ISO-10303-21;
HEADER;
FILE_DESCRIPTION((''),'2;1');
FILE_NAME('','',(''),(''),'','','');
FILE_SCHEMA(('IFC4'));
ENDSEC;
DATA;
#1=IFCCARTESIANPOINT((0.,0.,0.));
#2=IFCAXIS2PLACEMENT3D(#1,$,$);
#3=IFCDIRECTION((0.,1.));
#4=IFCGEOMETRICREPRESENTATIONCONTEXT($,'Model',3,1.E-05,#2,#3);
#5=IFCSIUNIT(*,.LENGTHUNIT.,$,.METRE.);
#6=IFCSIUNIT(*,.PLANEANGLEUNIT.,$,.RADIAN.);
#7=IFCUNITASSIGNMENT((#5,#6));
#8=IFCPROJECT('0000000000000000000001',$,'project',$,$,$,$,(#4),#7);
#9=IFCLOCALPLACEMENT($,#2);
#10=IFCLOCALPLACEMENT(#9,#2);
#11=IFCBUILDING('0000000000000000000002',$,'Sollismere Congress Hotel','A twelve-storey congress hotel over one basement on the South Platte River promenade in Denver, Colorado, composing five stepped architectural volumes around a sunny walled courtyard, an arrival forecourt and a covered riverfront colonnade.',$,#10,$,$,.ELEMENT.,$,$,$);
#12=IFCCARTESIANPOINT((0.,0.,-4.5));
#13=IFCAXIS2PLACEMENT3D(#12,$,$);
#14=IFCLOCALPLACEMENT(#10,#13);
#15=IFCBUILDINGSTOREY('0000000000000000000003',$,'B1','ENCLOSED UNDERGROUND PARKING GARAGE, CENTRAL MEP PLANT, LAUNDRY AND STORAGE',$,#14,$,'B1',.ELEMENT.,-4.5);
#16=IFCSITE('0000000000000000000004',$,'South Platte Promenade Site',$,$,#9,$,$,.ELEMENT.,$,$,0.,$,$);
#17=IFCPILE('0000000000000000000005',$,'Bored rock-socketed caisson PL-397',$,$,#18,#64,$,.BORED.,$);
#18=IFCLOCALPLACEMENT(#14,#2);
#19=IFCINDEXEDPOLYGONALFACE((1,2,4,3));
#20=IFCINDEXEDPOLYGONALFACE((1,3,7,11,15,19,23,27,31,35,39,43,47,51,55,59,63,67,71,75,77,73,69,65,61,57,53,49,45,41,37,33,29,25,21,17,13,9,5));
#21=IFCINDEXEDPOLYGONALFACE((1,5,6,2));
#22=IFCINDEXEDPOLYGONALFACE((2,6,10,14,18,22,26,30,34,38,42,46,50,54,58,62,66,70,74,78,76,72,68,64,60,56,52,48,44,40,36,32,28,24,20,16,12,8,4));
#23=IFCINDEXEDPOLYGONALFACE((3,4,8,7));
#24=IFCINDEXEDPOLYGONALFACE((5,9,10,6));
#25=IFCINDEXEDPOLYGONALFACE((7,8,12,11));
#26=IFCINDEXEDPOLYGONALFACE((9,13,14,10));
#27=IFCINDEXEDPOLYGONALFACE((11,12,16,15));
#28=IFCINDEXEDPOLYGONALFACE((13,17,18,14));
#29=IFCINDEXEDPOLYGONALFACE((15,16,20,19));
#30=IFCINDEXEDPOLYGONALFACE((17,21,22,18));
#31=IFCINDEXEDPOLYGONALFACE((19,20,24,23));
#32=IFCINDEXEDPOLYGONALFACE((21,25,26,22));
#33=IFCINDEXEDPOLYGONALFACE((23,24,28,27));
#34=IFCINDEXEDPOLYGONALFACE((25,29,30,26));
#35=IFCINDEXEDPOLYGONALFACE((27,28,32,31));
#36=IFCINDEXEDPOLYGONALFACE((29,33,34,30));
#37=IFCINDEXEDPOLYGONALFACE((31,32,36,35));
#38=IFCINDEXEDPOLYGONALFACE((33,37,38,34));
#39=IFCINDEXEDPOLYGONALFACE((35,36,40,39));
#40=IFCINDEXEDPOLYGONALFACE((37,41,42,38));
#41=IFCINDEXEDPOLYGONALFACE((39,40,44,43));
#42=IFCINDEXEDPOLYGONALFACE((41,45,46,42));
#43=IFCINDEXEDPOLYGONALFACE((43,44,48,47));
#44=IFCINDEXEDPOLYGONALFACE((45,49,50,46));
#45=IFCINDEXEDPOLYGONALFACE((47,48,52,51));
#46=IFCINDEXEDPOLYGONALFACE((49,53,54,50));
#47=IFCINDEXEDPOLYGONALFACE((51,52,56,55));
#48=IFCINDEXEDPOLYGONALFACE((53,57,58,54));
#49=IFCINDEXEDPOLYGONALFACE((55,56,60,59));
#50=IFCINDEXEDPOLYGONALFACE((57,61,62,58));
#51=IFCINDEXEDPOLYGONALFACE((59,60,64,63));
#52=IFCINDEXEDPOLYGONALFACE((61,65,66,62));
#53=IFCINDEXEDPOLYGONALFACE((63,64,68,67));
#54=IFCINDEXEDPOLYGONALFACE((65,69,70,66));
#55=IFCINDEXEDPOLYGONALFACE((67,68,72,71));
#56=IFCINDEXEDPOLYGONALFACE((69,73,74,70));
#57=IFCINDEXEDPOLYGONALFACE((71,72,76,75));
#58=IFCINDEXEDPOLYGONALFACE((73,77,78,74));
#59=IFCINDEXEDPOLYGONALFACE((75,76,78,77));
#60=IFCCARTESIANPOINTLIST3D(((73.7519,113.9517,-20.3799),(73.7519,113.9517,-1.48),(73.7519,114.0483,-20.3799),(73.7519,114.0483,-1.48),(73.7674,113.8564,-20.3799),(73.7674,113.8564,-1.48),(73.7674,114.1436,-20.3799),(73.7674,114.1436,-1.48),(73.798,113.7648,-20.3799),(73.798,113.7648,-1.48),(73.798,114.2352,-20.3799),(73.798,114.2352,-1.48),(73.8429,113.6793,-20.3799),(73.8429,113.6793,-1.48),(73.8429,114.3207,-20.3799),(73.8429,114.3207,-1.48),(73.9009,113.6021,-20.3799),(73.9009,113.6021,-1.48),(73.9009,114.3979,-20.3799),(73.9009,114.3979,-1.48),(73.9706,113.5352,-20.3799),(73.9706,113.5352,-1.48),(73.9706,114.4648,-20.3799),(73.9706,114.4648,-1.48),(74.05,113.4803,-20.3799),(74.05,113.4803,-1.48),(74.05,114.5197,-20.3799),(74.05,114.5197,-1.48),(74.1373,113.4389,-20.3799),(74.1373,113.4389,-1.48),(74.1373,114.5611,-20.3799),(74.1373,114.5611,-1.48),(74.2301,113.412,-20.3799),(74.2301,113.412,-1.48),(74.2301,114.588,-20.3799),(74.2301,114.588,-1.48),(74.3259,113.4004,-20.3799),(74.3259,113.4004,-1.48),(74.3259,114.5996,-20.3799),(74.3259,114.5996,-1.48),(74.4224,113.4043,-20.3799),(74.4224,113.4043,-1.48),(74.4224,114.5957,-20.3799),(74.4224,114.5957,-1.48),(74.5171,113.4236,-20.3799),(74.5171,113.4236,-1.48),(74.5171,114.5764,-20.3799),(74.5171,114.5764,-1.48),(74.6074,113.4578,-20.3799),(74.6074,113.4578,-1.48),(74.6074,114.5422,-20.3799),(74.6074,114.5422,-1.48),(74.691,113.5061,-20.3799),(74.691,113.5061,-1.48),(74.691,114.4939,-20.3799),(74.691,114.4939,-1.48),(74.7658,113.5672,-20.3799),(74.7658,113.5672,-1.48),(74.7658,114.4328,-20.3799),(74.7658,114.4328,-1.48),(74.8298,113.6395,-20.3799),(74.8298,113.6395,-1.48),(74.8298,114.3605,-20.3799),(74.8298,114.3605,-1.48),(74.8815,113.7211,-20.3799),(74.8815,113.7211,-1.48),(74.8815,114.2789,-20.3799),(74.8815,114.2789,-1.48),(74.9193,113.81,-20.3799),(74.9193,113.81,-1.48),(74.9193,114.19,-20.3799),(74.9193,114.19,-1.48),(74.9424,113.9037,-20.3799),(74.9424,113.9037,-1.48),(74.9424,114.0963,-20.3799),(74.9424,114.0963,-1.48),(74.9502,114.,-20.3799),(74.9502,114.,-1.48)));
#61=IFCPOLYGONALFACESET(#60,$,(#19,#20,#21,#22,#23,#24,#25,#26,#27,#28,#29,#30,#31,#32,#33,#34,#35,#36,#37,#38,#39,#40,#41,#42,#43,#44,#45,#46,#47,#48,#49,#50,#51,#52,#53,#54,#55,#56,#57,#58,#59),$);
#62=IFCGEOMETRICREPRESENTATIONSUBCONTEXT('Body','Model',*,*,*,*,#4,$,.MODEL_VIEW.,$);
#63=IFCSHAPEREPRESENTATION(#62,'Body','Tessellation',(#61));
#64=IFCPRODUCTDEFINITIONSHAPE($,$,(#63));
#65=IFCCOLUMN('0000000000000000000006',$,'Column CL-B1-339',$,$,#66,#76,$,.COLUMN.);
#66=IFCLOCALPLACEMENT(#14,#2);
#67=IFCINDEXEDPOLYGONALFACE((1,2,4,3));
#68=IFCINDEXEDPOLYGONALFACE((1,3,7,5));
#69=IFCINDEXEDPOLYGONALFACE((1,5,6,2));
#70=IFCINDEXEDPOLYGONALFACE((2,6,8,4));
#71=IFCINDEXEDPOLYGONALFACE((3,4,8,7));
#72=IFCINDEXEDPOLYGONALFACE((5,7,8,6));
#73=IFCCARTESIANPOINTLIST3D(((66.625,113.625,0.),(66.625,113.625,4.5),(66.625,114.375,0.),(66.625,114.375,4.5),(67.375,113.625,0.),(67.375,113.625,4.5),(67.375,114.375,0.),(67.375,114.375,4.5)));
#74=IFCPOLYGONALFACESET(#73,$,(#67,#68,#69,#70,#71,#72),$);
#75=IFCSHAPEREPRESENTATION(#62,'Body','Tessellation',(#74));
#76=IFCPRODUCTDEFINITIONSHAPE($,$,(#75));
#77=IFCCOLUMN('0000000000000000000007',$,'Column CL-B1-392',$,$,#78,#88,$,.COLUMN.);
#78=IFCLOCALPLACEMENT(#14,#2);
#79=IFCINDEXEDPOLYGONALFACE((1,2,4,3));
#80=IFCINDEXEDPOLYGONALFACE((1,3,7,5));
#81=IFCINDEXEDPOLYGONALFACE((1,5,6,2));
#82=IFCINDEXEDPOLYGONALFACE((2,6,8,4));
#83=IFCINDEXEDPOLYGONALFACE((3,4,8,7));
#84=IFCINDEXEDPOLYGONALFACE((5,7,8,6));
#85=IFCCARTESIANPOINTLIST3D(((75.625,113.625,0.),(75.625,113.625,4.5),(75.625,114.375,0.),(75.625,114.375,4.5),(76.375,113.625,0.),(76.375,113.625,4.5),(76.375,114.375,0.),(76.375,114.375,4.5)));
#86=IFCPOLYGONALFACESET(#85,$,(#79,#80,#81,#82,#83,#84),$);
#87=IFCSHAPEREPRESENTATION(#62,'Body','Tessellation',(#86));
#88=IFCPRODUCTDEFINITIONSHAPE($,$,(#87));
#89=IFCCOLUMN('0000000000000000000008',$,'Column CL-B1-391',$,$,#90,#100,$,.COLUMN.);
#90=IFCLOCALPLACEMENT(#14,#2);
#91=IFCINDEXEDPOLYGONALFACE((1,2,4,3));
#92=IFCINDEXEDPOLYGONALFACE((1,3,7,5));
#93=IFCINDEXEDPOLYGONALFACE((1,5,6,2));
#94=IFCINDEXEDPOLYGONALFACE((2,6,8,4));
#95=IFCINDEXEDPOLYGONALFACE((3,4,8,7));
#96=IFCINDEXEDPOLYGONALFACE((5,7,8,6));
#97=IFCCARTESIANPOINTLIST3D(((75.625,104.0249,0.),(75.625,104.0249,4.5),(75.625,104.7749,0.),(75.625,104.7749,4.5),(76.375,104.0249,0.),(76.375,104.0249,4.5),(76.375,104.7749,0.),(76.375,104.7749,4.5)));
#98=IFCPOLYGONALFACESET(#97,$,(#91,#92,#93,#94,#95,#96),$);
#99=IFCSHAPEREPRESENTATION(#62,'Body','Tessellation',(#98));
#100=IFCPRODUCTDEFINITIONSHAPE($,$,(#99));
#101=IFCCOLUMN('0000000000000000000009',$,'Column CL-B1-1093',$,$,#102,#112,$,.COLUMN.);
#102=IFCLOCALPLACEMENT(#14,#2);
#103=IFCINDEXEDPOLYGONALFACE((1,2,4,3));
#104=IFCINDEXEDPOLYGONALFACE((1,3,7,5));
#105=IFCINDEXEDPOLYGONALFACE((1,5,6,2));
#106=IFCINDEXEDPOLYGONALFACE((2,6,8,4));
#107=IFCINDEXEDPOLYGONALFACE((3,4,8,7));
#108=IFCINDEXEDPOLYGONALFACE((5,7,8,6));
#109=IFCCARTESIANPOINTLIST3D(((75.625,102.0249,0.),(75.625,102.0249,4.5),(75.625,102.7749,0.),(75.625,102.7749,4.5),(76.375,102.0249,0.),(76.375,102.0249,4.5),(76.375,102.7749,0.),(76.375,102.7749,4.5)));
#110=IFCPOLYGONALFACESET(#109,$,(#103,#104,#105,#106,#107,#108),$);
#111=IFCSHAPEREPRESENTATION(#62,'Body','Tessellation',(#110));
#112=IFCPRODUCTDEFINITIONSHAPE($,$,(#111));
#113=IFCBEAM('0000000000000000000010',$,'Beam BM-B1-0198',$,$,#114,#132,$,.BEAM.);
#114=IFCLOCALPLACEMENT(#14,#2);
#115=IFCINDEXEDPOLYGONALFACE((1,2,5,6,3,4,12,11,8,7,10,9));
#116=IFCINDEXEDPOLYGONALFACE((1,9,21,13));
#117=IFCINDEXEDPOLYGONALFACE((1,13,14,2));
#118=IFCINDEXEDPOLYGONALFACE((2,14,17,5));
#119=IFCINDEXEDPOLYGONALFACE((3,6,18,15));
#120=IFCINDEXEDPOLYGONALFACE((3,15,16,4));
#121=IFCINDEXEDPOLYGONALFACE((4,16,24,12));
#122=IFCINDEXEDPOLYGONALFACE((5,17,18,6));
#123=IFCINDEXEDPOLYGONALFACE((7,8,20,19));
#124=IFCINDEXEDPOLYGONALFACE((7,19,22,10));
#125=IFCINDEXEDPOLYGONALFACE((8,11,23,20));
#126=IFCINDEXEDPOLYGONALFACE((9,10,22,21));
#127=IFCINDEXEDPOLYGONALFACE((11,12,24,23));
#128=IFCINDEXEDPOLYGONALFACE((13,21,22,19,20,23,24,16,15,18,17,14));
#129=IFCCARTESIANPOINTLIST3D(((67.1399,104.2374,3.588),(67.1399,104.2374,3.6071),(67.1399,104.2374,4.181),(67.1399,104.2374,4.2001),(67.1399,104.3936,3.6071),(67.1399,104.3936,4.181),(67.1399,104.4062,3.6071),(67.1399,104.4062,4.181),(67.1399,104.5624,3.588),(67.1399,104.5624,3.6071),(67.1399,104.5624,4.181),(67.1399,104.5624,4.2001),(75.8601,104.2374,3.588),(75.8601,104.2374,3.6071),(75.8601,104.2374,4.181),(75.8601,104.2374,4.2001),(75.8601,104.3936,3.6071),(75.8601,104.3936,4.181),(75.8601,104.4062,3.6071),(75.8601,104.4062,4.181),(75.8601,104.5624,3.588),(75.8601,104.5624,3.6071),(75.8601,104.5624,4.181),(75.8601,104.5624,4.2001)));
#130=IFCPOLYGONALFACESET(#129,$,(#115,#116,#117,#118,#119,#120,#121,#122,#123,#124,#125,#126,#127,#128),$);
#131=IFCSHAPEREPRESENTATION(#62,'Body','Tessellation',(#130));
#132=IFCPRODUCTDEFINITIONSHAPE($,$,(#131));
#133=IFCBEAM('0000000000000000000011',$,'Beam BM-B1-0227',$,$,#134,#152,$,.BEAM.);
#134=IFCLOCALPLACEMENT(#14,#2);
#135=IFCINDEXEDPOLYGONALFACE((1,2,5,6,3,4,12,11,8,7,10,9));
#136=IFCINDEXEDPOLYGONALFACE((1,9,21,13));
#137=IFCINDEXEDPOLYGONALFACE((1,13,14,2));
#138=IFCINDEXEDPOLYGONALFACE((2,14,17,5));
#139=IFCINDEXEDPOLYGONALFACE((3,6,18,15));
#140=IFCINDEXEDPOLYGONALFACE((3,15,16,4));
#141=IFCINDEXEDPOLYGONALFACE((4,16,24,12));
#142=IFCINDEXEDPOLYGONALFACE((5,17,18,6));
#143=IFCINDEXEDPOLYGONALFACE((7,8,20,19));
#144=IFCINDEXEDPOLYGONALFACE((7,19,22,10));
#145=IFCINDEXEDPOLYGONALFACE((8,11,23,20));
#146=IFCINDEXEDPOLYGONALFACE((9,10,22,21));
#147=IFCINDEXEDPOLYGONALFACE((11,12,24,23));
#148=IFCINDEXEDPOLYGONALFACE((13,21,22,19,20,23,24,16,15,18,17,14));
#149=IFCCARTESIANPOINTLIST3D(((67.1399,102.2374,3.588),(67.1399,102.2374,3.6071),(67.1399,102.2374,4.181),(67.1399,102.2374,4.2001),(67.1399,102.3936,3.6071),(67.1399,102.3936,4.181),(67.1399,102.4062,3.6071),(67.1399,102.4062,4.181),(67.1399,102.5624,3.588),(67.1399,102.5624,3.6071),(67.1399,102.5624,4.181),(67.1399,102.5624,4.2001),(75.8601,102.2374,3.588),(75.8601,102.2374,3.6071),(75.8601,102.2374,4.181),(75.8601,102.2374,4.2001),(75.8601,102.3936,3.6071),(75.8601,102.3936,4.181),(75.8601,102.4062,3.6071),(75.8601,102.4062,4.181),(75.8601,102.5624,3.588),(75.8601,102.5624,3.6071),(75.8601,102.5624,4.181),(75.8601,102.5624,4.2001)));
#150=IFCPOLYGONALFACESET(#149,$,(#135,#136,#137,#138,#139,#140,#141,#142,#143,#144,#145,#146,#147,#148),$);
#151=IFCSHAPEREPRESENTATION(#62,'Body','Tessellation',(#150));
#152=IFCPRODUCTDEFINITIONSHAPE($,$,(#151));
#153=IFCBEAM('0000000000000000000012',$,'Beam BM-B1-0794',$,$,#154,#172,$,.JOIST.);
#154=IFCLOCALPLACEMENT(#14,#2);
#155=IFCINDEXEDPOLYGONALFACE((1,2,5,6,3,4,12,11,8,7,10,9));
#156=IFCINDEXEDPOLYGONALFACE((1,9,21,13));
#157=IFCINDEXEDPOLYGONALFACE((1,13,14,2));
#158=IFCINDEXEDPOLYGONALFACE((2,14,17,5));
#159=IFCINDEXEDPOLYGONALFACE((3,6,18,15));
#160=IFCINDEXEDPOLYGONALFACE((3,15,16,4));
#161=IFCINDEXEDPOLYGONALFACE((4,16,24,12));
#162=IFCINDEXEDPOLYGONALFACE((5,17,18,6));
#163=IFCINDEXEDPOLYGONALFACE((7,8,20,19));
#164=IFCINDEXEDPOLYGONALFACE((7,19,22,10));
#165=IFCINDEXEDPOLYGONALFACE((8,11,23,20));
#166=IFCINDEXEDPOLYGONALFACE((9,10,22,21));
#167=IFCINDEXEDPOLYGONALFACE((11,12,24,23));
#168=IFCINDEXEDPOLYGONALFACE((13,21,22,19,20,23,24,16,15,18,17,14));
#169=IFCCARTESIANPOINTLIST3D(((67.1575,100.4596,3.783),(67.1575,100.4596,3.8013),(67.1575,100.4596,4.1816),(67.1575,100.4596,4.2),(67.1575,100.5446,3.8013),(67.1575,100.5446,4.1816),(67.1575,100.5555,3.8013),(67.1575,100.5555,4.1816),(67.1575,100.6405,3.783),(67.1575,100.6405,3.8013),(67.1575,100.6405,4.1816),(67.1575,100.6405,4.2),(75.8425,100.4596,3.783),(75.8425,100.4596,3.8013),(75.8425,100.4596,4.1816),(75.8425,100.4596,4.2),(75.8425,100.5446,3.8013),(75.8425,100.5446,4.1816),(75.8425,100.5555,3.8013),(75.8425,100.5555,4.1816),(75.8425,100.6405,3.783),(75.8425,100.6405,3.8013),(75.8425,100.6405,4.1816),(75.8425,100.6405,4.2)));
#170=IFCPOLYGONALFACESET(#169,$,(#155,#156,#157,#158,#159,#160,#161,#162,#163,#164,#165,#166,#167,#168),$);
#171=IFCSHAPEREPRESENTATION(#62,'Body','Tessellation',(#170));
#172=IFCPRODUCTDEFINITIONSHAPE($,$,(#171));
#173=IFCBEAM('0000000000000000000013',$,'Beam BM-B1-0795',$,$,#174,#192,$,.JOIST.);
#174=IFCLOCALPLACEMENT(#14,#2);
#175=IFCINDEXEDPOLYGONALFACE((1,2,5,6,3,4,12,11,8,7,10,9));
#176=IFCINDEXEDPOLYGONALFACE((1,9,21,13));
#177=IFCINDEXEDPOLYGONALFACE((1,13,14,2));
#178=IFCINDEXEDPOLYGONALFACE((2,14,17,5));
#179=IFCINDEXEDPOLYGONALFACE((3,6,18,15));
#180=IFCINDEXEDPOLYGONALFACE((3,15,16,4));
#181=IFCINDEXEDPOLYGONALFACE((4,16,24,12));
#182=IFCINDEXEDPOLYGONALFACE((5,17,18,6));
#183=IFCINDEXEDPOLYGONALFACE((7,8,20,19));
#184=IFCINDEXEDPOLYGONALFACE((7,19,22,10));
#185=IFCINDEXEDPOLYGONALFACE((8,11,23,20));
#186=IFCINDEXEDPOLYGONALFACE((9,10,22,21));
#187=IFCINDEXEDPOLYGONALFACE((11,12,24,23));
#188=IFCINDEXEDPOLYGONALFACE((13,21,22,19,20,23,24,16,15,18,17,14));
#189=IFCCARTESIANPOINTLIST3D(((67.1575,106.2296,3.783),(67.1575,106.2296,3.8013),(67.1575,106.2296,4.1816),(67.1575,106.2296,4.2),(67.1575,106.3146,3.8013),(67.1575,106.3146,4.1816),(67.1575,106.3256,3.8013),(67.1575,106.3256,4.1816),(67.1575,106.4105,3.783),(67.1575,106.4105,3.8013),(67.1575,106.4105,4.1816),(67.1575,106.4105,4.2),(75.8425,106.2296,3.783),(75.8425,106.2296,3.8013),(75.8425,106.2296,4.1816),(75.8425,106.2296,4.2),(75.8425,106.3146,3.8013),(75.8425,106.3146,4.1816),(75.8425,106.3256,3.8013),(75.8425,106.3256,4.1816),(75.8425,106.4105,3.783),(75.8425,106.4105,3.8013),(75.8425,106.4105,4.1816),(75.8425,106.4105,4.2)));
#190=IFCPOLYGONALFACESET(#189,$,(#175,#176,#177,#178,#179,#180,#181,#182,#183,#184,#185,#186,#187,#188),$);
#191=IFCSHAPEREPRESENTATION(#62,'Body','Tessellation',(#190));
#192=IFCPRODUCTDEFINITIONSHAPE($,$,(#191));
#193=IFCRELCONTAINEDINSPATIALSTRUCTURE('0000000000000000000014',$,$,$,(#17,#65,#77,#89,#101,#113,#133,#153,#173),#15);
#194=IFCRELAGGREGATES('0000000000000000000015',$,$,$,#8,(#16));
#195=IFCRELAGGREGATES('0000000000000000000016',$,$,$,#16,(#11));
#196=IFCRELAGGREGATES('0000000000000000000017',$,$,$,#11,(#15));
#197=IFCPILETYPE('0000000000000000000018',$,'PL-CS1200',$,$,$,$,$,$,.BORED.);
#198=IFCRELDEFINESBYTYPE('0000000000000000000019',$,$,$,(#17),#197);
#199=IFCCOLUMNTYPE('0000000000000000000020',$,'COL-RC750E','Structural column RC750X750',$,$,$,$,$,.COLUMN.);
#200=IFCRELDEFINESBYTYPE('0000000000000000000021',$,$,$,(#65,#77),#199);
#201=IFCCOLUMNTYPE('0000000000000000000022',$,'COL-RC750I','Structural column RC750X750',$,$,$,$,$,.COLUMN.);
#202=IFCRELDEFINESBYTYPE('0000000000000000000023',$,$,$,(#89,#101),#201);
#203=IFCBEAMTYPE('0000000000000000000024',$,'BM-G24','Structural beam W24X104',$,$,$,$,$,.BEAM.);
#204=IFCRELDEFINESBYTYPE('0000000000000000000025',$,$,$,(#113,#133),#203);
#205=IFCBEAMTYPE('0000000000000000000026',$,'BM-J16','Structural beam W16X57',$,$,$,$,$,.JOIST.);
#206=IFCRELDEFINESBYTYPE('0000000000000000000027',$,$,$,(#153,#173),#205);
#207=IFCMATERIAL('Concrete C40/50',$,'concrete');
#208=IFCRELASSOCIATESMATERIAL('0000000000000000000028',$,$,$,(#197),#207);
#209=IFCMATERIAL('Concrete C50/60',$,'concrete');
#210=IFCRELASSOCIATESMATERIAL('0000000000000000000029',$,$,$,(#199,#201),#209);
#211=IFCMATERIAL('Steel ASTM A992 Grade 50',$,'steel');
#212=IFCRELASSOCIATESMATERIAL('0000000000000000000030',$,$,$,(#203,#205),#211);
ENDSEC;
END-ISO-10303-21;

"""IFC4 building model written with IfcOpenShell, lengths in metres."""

from ifc_helpers import new_model, si_unit, direction, frame, origin, origin_2d, place, context, subcontext, project, spatial, rectangle, circle, i_section, extrude, material, material_profile, profile_set, type_object, element, save


model = new_model("IFC4")

# Units and contexts
model_context = context("Model", 3, precision=1e-05, world=origin(), true_north=direction((0.0, 1.0)))
body_context = subcontext(model_context, "Body", "Model", "MODEL_VIEW")
ifc_project = project(units=[si_unit("LENGTHUNIT", "METRE"), si_unit("PLANEANGLEUNIT", "RADIAN")], contexts=[model_context])

# Site, building, storey
site_placement = place(None, origin())
site = spatial("IfcSite", under=ifc_project, at=site_placement, Name="South Platte Promenade Site", CompositionType="ELEMENT", RefElevation=0.0)
building_placement = place(site_placement, origin())
building = spatial("IfcBuilding", under=site, at=building_placement, Name="Sollismere Congress Hotel", Description="A twelve-storey congress hotel over one basement on the South Platte River promenade in Denver, Colorado, composing five stepped architectural volumes around a sunny walled courtyard, an arrival forecourt and a covered riverfront colonnade.", CompositionType="ELEMENT")
storey_placement = place(building_placement, frame((0.0, 0.0, -4.5)))
storey = spatial("IfcBuildingStorey", under=building, at=storey_placement, Name="B1", Description="ENCLOSED UNDERGROUND PARKING GARAGE, CENTRAL MEP PLANT, LAUNDRY AND STORAGE", LongName="B1", CompositionType="ELEMENT", Elevation=-4.5)

# Shared definitions
ifc_material_1 = material(Name="Concrete C40/50", Category="concrete")

# Pile
ifc_material_profile_1 = material_profile(ifc_material_1, circle(Radius=0.6001, at=origin_2d()), Name="CAISSON1200")
ifc_profile_set_1 = profile_set([ifc_material_profile_1], Name="Concrete C40/50")
pile_type = type_object("IfcPileType", Name="PL-CS1200", PredefinedType="BORED", material=ifc_profile_set_1)
pile_1_placement = place(storey_placement, frame((74.3501, 114.0, -1.48), z_axis=(0.0, 0.0, -1.0), x_axis=(1.0, 0.0, 0.0)))
element("IfcPile", 1, at=pile_1_placement, inside=storey, type_object=pile_type, Name="Bored rock-socketed caisson PL-397", PredefinedType="BORED", context=body_context, shape_type="SweptSolid", body=[
    extrude(circle(Radius=0.6001, at=origin_2d()), origin(), (0.0, 0.0, 1.0), 18.8999),
])

# Columns
ifc_material_2 = material(Name="Concrete C50/60", Category="concrete")
ifc_material_profile_2 = material_profile(ifc_material_2, rectangle(XDim=0.75, YDim=0.75, at=origin_2d()), Name="RC750X750")
ifc_profile_set_2 = profile_set([ifc_material_profile_2], Name="Concrete C50/60")
column_type_1 = type_object("IfcColumnType", Name="COL-RC750E", Description="Structural column RC750X750", PredefinedType="COLUMN", material=ifc_profile_set_2)
for number, where, z_axis, x_axis, name in (
    (2, (67.0, 114.0, 0.0), (0.0, 0.0, 1.0), (1.0, 0.0, 0.0), "Column CL-B1-339"),
    (3, (76.0, 114.0, 0.0), (0.0, 0.0, 1.0), (1.0, 0.0, 0.0), "Column CL-B1-392"),
):
    element("IfcColumn", number, at=place(storey_placement, frame(where, z_axis=z_axis, x_axis=x_axis)), inside=storey, type_object=column_type_1, Name=name, PredefinedType="COLUMN", context=body_context, shape_type="SweptSolid", body=[
        extrude(rectangle(XDim=0.75, YDim=0.75, at=origin_2d()), origin(), (0.0, 0.0, 1.0), 4.5),
    ])
ifc_material_profile_3 = material_profile(ifc_material_2, rectangle(XDim=0.75, YDim=0.75, at=origin_2d()), Name="RC750X750")
ifc_profile_set_3 = profile_set([ifc_material_profile_3], Name="Concrete C50/60")
column_type_2 = type_object("IfcColumnType", Name="COL-RC750I", Description="Structural column RC750X750", PredefinedType="COLUMN", material=ifc_profile_set_3)
for number, where, z_axis, x_axis, name in (
    (4, (76.0, 104.3999, 0.0), (0.0, 0.0, 1.0), (1.0, 0.0, 0.0), "Column CL-B1-391"),
    (5, (76.0, 102.3999, 0.0), (0.0, 0.0, 1.0), (0.0, 1.0, 0.0), "Column CL-B1-1093"),
):
    element("IfcColumn", number, at=place(storey_placement, frame(where, z_axis=z_axis, x_axis=x_axis)), inside=storey, type_object=column_type_2, Name=name, PredefinedType="COLUMN", context=body_context, shape_type="SweptSolid", body=[
        extrude(rectangle(XDim=0.75, YDim=0.75, at=origin_2d()), origin(), (0.0, 0.0, 1.0), 4.5),
    ])

# Beams
ifc_material_3 = material(Name="Steel ASTM A992 Grade 50", Category="steel")
ifc_material_profile_4 = material_profile(ifc_material_3, i_section(OverallWidth=0.325, OverallDepth=0.6121, WebThickness=0.0127, FlangeThickness=0.019, at=origin_2d()), Name="W24X104")
ifc_profile_set_4 = profile_set([ifc_material_profile_4], Name="Steel ASTM A992 Grade 50")
beam_type_1 = type_object("IfcBeamType", Name="BM-G24", Description="Structural beam W24X104", PredefinedType="BEAM", material=ifc_profile_set_4)
for number, where, z_axis, x_axis, name in (
    (6, (67.1399, 104.3999, 3.894), (1.0, 0.0, 0.0), (0.0, 1.0, 0.0), "Beam BM-B1-0198"),
    (7, (67.1399, 102.3999, 3.894), (1.0, 0.0, 0.0), (0.0, 1.0, 0.0), "Beam BM-B1-0227"),
):
    element("IfcBeam", number, at=place(storey_placement, frame(where, z_axis=z_axis, x_axis=x_axis)), inside=storey, type_object=beam_type_1, Name=name, PredefinedType="BEAM", context=body_context, shape_type="SweptSolid", body=[
        extrude(i_section(OverallWidth=0.325, OverallDepth=0.6121, WebThickness=0.0127, FlangeThickness=0.019, at=origin_2d()), origin(), (0.0, 0.0, 1.0), 8.7202),
    ])
ifc_material_profile_5 = material_profile(ifc_material_3, i_section(OverallWidth=0.1809, OverallDepth=0.417, WebThickness=0.011, FlangeThickness=0.0183, at=origin_2d()), Name="W16X57")
ifc_profile_set_5 = profile_set([ifc_material_profile_5], Name="Steel ASTM A992 Grade 50")
beam_type_2 = type_object("IfcBeamType", Name="BM-J16", Description="Structural beam W16X57", PredefinedType="JOIST", material=ifc_profile_set_5)
for number, where, z_axis, x_axis, name in (
    (8, (67.1575, 100.55, 3.9915), (1.0, 0.0, 0.0), (0.0, 1.0, 0.0), "Beam BM-B1-0794"),
    (9, (67.1575, 106.3201, 3.9915), (1.0, 0.0, 0.0), (0.0, 1.0, 0.0), "Beam BM-B1-0795"),
):
    element("IfcBeam", number, at=place(storey_placement, frame(where, z_axis=z_axis, x_axis=x_axis)), inside=storey, type_object=beam_type_2, Name=name, PredefinedType="JOIST", context=body_context, shape_type="SweptSolid", body=[
        extrude(i_section(OverallWidth=0.1809, OverallDepth=0.417, WebThickness=0.011, FlangeThickness=0.0183, at=origin_2d()), origin(), (0.0, 0.0, 1.0), 8.6851),
    ])

save(model, "model.ifc")
